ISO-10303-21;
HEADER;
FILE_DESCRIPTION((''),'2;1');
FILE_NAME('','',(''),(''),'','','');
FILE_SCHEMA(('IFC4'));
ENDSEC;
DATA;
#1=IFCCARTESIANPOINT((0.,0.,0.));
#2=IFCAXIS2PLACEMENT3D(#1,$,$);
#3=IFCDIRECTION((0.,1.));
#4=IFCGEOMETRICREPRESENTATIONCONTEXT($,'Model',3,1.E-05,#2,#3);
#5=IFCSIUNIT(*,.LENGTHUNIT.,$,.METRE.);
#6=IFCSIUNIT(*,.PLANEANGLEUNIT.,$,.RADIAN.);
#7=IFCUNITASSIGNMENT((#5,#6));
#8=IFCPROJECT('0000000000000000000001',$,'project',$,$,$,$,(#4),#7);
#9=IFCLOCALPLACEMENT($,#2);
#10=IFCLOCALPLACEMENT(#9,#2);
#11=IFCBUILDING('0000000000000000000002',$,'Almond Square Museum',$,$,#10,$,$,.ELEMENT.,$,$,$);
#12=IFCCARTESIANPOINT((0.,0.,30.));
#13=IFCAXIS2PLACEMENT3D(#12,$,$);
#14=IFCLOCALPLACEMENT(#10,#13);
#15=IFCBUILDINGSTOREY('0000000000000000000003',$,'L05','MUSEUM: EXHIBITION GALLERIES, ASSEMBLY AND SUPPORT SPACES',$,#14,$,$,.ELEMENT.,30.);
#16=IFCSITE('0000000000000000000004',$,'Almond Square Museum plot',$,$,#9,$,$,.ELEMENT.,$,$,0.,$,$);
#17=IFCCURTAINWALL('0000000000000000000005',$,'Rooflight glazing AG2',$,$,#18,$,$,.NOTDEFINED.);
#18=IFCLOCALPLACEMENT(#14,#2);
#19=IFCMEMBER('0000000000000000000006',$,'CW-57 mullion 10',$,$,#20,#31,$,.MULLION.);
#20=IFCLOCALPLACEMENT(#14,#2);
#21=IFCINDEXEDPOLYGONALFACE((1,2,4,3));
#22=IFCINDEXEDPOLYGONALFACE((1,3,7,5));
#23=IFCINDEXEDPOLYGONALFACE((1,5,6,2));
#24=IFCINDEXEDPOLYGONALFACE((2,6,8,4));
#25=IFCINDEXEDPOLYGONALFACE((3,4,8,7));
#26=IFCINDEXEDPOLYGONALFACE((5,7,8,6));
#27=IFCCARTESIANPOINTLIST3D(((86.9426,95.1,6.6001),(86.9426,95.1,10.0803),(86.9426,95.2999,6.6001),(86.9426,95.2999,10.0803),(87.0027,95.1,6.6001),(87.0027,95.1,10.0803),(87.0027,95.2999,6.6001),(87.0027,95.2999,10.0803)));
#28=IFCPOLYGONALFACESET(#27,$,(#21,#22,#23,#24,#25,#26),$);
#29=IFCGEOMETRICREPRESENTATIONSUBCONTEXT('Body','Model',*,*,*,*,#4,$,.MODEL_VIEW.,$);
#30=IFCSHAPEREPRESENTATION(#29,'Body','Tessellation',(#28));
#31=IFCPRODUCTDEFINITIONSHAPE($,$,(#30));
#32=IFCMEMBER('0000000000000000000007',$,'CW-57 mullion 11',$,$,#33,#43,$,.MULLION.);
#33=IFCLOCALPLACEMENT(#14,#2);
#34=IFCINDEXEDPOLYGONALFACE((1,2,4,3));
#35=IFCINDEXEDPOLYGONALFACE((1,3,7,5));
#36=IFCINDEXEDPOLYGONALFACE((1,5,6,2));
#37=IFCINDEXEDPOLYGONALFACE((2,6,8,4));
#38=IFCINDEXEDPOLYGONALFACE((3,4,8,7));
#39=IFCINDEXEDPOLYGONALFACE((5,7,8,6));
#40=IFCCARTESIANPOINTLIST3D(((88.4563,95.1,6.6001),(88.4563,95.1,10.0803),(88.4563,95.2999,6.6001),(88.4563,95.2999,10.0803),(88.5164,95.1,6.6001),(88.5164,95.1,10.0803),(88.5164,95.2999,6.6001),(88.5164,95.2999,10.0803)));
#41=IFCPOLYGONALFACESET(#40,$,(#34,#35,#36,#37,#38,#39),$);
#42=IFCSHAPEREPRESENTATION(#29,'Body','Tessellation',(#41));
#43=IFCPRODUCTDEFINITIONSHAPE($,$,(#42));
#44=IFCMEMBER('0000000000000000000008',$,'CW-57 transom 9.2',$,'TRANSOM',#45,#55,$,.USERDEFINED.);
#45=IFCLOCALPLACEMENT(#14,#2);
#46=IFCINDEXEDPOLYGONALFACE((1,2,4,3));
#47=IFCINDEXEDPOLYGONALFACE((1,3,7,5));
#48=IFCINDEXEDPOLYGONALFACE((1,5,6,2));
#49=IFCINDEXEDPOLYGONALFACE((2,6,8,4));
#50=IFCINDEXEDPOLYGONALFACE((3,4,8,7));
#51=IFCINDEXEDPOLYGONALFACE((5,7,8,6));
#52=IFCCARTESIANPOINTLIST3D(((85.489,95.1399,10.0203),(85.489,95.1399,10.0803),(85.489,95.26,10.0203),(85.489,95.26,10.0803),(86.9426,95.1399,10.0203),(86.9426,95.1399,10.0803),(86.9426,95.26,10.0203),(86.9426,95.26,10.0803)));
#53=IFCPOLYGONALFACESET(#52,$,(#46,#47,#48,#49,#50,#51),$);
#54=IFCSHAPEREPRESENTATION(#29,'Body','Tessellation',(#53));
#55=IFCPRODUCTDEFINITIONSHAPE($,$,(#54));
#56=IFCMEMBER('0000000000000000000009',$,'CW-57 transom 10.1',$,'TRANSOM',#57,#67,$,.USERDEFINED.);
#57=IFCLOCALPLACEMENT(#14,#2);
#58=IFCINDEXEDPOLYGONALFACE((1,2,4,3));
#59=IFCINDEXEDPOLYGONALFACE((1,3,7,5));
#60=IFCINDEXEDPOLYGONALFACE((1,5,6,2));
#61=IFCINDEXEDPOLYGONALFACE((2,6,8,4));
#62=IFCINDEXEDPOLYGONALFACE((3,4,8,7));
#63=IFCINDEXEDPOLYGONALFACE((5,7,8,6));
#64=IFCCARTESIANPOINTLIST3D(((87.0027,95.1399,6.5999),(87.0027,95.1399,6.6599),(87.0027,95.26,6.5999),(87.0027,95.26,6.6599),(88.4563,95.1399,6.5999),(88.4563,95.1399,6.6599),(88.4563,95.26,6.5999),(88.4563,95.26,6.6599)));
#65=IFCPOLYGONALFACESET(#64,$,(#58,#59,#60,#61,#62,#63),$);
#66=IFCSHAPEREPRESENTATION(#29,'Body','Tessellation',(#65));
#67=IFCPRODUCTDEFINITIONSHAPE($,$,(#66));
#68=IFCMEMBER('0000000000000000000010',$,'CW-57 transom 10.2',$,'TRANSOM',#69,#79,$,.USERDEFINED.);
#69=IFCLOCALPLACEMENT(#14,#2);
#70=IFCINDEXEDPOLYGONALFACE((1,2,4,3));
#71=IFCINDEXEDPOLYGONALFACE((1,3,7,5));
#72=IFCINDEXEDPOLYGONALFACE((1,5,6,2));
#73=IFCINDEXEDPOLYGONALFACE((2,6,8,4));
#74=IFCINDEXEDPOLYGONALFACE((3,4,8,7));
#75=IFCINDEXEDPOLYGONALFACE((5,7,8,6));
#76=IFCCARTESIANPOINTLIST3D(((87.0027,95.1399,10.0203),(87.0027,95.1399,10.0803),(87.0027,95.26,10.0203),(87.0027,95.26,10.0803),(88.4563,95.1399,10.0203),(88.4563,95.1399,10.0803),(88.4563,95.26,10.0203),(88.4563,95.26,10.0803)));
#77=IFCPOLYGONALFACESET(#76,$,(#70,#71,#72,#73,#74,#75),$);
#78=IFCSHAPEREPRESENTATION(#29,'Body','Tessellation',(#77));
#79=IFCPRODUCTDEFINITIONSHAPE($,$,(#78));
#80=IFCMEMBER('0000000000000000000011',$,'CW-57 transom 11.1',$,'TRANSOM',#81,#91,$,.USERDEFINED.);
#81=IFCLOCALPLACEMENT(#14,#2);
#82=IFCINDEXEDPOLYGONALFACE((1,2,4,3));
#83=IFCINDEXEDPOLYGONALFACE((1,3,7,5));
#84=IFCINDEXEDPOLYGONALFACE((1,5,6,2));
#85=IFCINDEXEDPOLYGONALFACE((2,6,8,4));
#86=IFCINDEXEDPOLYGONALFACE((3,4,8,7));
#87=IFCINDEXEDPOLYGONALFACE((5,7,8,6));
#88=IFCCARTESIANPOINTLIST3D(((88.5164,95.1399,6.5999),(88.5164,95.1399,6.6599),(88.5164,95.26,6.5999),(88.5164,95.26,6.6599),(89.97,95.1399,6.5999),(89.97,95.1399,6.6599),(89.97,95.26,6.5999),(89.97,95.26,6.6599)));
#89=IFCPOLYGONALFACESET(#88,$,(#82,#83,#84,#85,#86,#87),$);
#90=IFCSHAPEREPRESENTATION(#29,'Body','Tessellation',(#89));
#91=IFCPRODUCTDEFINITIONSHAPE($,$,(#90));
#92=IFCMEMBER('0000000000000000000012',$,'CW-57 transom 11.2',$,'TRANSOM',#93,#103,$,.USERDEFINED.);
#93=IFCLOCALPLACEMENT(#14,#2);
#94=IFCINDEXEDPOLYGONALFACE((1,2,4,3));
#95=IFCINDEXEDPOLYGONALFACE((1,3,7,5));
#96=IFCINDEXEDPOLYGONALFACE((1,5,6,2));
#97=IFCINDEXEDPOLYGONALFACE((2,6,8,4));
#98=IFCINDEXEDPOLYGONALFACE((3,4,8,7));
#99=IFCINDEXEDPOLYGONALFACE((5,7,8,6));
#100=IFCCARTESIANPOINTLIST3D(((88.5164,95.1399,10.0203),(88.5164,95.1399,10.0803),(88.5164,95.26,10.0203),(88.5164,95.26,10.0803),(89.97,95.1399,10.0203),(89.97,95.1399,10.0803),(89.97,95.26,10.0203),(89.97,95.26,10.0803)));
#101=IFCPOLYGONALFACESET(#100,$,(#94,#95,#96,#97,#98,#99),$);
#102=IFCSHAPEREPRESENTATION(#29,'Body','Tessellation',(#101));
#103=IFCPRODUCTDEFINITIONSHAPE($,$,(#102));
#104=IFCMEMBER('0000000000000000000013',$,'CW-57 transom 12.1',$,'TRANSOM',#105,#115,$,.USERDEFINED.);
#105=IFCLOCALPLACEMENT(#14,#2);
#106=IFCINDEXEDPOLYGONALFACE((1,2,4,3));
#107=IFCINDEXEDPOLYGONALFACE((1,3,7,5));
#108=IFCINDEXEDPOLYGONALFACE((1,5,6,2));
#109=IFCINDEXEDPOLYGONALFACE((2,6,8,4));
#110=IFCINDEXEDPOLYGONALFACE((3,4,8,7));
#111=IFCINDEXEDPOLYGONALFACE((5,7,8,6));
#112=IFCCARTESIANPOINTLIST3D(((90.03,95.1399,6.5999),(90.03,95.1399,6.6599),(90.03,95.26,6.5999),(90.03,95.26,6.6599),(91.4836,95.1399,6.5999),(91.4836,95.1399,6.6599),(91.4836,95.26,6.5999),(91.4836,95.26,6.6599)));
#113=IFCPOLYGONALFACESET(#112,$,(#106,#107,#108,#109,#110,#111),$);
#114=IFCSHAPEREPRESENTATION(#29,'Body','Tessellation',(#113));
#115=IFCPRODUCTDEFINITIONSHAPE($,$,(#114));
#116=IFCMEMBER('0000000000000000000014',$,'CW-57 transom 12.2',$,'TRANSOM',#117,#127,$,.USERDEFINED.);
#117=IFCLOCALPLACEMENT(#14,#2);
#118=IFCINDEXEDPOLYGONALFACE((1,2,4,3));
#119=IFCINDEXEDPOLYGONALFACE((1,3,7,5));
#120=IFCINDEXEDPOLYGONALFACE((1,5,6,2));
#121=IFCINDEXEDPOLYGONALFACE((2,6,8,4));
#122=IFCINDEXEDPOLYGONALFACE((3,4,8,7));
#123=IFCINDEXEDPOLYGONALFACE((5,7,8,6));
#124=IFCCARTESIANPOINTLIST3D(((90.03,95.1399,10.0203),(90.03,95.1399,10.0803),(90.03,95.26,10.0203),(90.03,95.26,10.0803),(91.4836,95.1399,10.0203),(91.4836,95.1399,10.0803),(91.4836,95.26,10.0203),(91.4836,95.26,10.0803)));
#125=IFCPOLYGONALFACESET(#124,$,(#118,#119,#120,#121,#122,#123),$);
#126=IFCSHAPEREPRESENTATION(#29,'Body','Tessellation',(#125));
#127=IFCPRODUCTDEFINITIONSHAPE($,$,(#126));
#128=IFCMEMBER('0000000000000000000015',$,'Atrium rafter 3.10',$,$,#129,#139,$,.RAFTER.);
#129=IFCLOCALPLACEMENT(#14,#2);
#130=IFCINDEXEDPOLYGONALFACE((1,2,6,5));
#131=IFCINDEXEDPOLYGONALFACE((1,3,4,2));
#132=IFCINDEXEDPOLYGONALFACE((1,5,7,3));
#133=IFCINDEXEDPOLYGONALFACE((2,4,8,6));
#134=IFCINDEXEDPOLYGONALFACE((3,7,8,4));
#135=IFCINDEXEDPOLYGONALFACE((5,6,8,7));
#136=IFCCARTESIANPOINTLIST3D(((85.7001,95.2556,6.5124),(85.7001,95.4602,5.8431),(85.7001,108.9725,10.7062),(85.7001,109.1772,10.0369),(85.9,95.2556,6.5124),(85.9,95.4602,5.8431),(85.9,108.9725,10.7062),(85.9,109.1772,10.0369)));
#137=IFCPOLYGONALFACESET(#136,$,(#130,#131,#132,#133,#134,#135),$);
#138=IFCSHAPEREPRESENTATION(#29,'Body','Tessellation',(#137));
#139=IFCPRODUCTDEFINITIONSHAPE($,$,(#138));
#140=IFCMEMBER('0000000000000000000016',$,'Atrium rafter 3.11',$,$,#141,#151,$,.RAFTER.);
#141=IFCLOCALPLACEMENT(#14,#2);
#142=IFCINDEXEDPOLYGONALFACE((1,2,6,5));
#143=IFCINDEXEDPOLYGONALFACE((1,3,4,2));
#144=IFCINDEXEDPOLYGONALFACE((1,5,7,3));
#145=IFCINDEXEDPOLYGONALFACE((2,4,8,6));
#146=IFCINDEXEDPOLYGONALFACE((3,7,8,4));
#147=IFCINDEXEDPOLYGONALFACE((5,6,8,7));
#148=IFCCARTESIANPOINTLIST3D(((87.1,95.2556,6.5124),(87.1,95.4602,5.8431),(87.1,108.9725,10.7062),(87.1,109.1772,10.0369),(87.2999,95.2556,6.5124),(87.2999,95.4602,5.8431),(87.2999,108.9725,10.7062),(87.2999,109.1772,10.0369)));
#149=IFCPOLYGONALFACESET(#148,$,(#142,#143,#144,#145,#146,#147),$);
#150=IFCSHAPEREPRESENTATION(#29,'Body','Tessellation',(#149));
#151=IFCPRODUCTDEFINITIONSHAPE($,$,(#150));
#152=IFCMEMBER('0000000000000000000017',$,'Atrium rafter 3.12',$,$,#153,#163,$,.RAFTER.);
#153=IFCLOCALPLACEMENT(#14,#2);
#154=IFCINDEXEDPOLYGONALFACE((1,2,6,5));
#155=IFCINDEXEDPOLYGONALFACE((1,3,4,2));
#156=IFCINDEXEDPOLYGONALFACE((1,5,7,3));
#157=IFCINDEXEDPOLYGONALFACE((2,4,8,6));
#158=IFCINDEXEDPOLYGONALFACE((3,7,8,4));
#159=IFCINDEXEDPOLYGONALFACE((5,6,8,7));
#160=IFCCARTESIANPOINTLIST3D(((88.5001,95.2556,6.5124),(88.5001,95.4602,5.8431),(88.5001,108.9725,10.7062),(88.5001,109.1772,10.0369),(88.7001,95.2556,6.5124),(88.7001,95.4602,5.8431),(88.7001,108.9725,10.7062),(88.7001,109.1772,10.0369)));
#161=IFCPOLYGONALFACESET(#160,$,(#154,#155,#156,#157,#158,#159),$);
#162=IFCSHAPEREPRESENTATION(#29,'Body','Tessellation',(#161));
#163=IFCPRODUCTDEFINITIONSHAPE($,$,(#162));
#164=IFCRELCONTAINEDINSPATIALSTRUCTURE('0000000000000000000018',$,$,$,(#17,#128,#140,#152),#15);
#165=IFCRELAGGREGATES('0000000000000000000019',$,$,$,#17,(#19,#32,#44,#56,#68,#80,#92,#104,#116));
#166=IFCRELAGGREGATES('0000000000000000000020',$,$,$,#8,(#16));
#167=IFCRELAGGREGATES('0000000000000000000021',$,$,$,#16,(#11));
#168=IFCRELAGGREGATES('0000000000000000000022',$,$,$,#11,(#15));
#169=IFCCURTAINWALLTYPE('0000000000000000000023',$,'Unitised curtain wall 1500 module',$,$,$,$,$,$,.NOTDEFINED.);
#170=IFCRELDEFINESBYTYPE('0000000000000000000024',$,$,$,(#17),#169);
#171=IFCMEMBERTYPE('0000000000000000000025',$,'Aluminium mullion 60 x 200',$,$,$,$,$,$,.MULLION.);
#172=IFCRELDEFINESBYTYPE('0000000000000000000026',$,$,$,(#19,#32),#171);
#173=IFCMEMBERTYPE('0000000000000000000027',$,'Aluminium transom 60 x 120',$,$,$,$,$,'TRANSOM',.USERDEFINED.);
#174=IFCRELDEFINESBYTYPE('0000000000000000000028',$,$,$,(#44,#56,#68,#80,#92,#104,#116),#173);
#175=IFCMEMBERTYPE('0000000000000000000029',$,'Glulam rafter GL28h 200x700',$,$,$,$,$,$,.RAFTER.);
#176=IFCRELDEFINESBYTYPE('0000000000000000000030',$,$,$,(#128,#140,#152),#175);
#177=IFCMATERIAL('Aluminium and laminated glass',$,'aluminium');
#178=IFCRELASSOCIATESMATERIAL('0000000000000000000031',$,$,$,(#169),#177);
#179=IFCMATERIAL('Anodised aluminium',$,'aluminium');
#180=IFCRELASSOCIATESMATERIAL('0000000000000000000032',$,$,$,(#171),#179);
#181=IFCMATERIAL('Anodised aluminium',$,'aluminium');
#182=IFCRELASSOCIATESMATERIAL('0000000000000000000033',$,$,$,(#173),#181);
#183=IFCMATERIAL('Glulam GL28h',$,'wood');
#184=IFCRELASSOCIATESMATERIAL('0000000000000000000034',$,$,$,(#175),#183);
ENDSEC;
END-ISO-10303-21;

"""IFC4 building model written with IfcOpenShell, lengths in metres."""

from ifc_helpers import new_model, si_unit, direction, frame, origin, origin_2d, place, context, subcontext, project, spatial, rectangle, extrude, material, material_profile, profile_set, type_object, element, aggregate, save


model = new_model("IFC4")

# Units and contexts
model_context = context("Model", 3, precision=1e-05, world=origin(), true_north=direction((0.0, 1.0)))
body_context = subcontext(model_context, "Body", "Model", "MODEL_VIEW")
ifc_project = project(units=[si_unit("LENGTHUNIT", "METRE"), si_unit("PLANEANGLEUNIT", "RADIAN")], contexts=[model_context])

# Site, building, storey
site_placement = place(None, origin())
site = spatial("IfcSite", under=ifc_project, at=site_placement, Name="Almond Square Museum plot", CompositionType="ELEMENT", RefElevation=0.0)
building_placement = place(site_placement, origin())
building = spatial("IfcBuilding", under=site, at=building_placement, Name="Almond Square Museum", CompositionType="ELEMENT")
storey_placement = place(building_placement, frame((0.0, 0.0, 30.0)))
storey = spatial("IfcBuildingStorey", under=building, at=storey_placement, Name="L05", Description="MUSEUM: EXHIBITION GALLERIES, ASSEMBLY AND SUPPORT SPACES", CompositionType="ELEMENT", Elevation=30.0)

# Curtain wall, members
ifc_material_1 = material(Name="Aluminium and laminated glass", Category="aluminium")
curtain_wall_type = type_object("IfcCurtainWallType", Name="Unitised curtain wall 1500 module", PredefinedType="NOTDEFINED", material=ifc_material_1)
curtain_wall_placement = place(storey_placement, origin())
curtain_wall = element("IfcCurtainWall", 1, at=curtain_wall_placement, inside=storey, type_object=curtain_wall_type, Name="Rooflight glazing AG2", PredefinedType="NOTDEFINED")
ifc_material_2 = material(Name="Anodised aluminium", Category="aluminium")
ifc_material_profile_1 = material_profile(ifc_material_2, rectangle(XDim=0.2, YDim=0.0601, at=origin_2d()))
ifc_profile_set_1 = profile_set([ifc_material_profile_1], Name="Anodised aluminium")
member_type_1 = type_object("IfcMemberType", Name="Aluminium mullion 60 x 200", PredefinedType="MULLION", material=ifc_profile_set_1)
member_1_placement = place(storey_placement, frame((86.9727, 95.2, 6.6001), z_axis=(0.0, 0.0, 1.0), x_axis=(0.0, 1.0, 0.0)))
member_1 = element("IfcMember", 2, at=member_1_placement, type_object=member_type_1, Name="CW-57 mullion 10", PredefinedType="MULLION", context=body_context, shape_type="SweptSolid", body=[
    extrude(rectangle(XDim=0.2, YDim=0.0601, at=origin_2d()), origin(), (0.0, 0.0, 1.0), 3.4802),
])
member_2_placement = place(storey_placement, frame((88.4863, 95.2, 6.6001), z_axis=(0.0, 0.0, 1.0), x_axis=(0.0, 1.0, 0.0)))
member_2 = element("IfcMember", 3, at=member_2_placement, type_object=member_type_1, Name="CW-57 mullion 11", PredefinedType="MULLION", context=body_context, shape_type="SweptSolid", body=[
    extrude(rectangle(XDim=0.2, YDim=0.0601, at=origin_2d()), origin(), (0.0, 0.0, 1.0), 3.4802),
])
ifc_material_3 = material(Name="Anodised aluminium", Category="aluminium")
ifc_material_profile_2 = material_profile(ifc_material_3, rectangle(XDim=0.1201, YDim=0.0601, at=origin_2d()))
ifc_profile_set_2 = profile_set([ifc_material_profile_2], Name="Anodised aluminium")
member_type_2 = type_object("IfcMemberType", Name="Aluminium transom 60 x 120", ElementType="TRANSOM", PredefinedType="USERDEFINED", material=ifc_profile_set_2)
member_3_placement = place(storey_placement, frame((85.489, 95.2, 10.0503), z_axis=(1.0, 0.0, 0.0), x_axis=(0.0, 1.0, 0.0)))
member_3 = element("IfcMember", 4, at=member_3_placement, type_object=member_type_2, Name="CW-57 transom 9.2", ObjectType="TRANSOM", PredefinedType="USERDEFINED", context=body_context, shape_type="SweptSolid", body=[
    extrude(rectangle(XDim=0.1201, YDim=0.0601, at=origin_2d()), origin(), (0.0, 0.0, 1.0), 1.4536),
])
member_4_placement = place(storey_placement, frame((87.0027, 95.2, 6.6299), z_axis=(1.0, 0.0, 0.0), x_axis=(0.0, 1.0, 0.0)))
member_4 = element("IfcMember", 5, at=member_4_placement, type_object=member_type_2, Name="CW-57 transom 10.1", ObjectType="TRANSOM", PredefinedType="USERDEFINED", context=body_context, shape_type="SweptSolid", body=[
    extrude(rectangle(XDim=0.1201, YDim=0.0601, at=origin_2d()), origin(), (0.0, 0.0, 1.0), 1.4536),
])
member_5_placement = place(storey_placement, frame((87.0027, 95.2, 10.0503), z_axis=(1.0, 0.0, 0.0), x_axis=(0.0, 1.0, 0.0)))
member_5 = element("IfcMember", 6, at=member_5_placement, type_object=member_type_2, Name="CW-57 transom 10.2", ObjectType="TRANSOM", PredefinedType="USERDEFINED", context=body_context, shape_type="SweptSolid", body=[
    extrude(rectangle(XDim=0.1201, YDim=0.0601, at=origin_2d()), origin(), (0.0, 0.0, 1.0), 1.4536),
])
member_6_placement = place(storey_placement, frame((88.5164, 95.2, 6.6299), z_axis=(1.0, 0.0, 0.0), x_axis=(0.0, 1.0, 0.0)))
member_6 = element("IfcMember", 7, at=member_6_placement, type_object=member_type_2, Name="CW-57 transom 11.1", ObjectType="TRANSOM", PredefinedType="USERDEFINED", context=body_context, shape_type="SweptSolid", body=[
    extrude(rectangle(XDim=0.1201, YDim=0.0601, at=origin_2d()), origin(), (0.0, 0.0, 1.0), 1.4536),
])
member_7_placement = place(storey_placement, frame((88.5164, 95.2, 10.0503), z_axis=(1.0, 0.0, 0.0), x_axis=(0.0, 1.0, 0.0)))
member_7 = element("IfcMember", 8, at=member_7_placement, type_object=member_type_2, Name="CW-57 transom 11.2", ObjectType="TRANSOM", PredefinedType="USERDEFINED", context=body_context, shape_type="SweptSolid", body=[
    extrude(rectangle(XDim=0.1201, YDim=0.0601, at=origin_2d()), origin(), (0.0, 0.0, 1.0), 1.4536),
])
member_8_placement = place(storey_placement, frame((90.03, 95.2, 6.6299), z_axis=(1.0, 0.0, 0.0), x_axis=(0.0, 1.0, 0.0)))
member_8 = element("IfcMember", 9, at=member_8_placement, type_object=member_type_2, Name="CW-57 transom 12.1", ObjectType="TRANSOM", PredefinedType="USERDEFINED", context=body_context, shape_type="SweptSolid", body=[
    extrude(rectangle(XDim=0.1201, YDim=0.0601, at=origin_2d()), origin(), (0.0, 0.0, 1.0), 1.4536),
])
member_9_placement = place(storey_placement, frame((90.03, 95.2, 10.0503), z_axis=(1.0, 0.0, 0.0), x_axis=(0.0, 1.0, 0.0)))
member_9 = element("IfcMember", 10, at=member_9_placement, type_object=member_type_2, Name="CW-57 transom 12.2", ObjectType="TRANSOM", PredefinedType="USERDEFINED", context=body_context, shape_type="SweptSolid", body=[
    extrude(rectangle(XDim=0.1201, YDim=0.0601, at=origin_2d()), origin(), (0.0, 0.0, 1.0), 1.4536),
])

# Members
ifc_material_4 = material(Name="Glulam GL28h", Category="wood")
ifc_material_profile_3 = material_profile(ifc_material_4, rectangle(XDim=0.2, YDim=0.7, at=origin_2d()))
ifc_profile_set_3 = profile_set([ifc_material_profile_3], Name="Glulam GL28h")
member_type_3 = type_object("IfcMemberType", Name="Glulam rafter GL28h 200x700", PredefinedType="RAFTER", material=ifc_profile_set_3)
for number, where, z_axis, x_axis, name in (
    (11, (85.8, 95.3579, 6.1777), (0.0, 0.956302, 0.29238), (-1.0, 0.0, 0.0), "Atrium rafter 3.10"),
    (12, (87.2, 95.3579, 6.1777), (0.0, 0.956302, 0.29238), (-1.0, 0.0, 0.0), "Atrium rafter 3.11"),
    (13, (88.6001, 95.3579, 6.1777), (0.0, 0.956302, 0.29238), (-1.0, 0.0, 0.0), "Atrium rafter 3.12"),
):
    element("IfcMember", number, at=place(storey_placement, frame(where, z_axis=z_axis, x_axis=x_axis)), inside=storey, type_object=member_type_3, Name=name, PredefinedType="RAFTER", context=body_context, shape_type="SweptSolid", body=[
        extrude(rectangle(XDim=0.2, YDim=0.7, at=origin_2d()), origin(), (0.0, 0.0, 1.0), 14.3438),
    ])

aggregate(curtain_wall, [member_1, member_2, member_3, member_4, member_5, member_6, member_7, member_8, member_9])

save(model, "model.ifc")
